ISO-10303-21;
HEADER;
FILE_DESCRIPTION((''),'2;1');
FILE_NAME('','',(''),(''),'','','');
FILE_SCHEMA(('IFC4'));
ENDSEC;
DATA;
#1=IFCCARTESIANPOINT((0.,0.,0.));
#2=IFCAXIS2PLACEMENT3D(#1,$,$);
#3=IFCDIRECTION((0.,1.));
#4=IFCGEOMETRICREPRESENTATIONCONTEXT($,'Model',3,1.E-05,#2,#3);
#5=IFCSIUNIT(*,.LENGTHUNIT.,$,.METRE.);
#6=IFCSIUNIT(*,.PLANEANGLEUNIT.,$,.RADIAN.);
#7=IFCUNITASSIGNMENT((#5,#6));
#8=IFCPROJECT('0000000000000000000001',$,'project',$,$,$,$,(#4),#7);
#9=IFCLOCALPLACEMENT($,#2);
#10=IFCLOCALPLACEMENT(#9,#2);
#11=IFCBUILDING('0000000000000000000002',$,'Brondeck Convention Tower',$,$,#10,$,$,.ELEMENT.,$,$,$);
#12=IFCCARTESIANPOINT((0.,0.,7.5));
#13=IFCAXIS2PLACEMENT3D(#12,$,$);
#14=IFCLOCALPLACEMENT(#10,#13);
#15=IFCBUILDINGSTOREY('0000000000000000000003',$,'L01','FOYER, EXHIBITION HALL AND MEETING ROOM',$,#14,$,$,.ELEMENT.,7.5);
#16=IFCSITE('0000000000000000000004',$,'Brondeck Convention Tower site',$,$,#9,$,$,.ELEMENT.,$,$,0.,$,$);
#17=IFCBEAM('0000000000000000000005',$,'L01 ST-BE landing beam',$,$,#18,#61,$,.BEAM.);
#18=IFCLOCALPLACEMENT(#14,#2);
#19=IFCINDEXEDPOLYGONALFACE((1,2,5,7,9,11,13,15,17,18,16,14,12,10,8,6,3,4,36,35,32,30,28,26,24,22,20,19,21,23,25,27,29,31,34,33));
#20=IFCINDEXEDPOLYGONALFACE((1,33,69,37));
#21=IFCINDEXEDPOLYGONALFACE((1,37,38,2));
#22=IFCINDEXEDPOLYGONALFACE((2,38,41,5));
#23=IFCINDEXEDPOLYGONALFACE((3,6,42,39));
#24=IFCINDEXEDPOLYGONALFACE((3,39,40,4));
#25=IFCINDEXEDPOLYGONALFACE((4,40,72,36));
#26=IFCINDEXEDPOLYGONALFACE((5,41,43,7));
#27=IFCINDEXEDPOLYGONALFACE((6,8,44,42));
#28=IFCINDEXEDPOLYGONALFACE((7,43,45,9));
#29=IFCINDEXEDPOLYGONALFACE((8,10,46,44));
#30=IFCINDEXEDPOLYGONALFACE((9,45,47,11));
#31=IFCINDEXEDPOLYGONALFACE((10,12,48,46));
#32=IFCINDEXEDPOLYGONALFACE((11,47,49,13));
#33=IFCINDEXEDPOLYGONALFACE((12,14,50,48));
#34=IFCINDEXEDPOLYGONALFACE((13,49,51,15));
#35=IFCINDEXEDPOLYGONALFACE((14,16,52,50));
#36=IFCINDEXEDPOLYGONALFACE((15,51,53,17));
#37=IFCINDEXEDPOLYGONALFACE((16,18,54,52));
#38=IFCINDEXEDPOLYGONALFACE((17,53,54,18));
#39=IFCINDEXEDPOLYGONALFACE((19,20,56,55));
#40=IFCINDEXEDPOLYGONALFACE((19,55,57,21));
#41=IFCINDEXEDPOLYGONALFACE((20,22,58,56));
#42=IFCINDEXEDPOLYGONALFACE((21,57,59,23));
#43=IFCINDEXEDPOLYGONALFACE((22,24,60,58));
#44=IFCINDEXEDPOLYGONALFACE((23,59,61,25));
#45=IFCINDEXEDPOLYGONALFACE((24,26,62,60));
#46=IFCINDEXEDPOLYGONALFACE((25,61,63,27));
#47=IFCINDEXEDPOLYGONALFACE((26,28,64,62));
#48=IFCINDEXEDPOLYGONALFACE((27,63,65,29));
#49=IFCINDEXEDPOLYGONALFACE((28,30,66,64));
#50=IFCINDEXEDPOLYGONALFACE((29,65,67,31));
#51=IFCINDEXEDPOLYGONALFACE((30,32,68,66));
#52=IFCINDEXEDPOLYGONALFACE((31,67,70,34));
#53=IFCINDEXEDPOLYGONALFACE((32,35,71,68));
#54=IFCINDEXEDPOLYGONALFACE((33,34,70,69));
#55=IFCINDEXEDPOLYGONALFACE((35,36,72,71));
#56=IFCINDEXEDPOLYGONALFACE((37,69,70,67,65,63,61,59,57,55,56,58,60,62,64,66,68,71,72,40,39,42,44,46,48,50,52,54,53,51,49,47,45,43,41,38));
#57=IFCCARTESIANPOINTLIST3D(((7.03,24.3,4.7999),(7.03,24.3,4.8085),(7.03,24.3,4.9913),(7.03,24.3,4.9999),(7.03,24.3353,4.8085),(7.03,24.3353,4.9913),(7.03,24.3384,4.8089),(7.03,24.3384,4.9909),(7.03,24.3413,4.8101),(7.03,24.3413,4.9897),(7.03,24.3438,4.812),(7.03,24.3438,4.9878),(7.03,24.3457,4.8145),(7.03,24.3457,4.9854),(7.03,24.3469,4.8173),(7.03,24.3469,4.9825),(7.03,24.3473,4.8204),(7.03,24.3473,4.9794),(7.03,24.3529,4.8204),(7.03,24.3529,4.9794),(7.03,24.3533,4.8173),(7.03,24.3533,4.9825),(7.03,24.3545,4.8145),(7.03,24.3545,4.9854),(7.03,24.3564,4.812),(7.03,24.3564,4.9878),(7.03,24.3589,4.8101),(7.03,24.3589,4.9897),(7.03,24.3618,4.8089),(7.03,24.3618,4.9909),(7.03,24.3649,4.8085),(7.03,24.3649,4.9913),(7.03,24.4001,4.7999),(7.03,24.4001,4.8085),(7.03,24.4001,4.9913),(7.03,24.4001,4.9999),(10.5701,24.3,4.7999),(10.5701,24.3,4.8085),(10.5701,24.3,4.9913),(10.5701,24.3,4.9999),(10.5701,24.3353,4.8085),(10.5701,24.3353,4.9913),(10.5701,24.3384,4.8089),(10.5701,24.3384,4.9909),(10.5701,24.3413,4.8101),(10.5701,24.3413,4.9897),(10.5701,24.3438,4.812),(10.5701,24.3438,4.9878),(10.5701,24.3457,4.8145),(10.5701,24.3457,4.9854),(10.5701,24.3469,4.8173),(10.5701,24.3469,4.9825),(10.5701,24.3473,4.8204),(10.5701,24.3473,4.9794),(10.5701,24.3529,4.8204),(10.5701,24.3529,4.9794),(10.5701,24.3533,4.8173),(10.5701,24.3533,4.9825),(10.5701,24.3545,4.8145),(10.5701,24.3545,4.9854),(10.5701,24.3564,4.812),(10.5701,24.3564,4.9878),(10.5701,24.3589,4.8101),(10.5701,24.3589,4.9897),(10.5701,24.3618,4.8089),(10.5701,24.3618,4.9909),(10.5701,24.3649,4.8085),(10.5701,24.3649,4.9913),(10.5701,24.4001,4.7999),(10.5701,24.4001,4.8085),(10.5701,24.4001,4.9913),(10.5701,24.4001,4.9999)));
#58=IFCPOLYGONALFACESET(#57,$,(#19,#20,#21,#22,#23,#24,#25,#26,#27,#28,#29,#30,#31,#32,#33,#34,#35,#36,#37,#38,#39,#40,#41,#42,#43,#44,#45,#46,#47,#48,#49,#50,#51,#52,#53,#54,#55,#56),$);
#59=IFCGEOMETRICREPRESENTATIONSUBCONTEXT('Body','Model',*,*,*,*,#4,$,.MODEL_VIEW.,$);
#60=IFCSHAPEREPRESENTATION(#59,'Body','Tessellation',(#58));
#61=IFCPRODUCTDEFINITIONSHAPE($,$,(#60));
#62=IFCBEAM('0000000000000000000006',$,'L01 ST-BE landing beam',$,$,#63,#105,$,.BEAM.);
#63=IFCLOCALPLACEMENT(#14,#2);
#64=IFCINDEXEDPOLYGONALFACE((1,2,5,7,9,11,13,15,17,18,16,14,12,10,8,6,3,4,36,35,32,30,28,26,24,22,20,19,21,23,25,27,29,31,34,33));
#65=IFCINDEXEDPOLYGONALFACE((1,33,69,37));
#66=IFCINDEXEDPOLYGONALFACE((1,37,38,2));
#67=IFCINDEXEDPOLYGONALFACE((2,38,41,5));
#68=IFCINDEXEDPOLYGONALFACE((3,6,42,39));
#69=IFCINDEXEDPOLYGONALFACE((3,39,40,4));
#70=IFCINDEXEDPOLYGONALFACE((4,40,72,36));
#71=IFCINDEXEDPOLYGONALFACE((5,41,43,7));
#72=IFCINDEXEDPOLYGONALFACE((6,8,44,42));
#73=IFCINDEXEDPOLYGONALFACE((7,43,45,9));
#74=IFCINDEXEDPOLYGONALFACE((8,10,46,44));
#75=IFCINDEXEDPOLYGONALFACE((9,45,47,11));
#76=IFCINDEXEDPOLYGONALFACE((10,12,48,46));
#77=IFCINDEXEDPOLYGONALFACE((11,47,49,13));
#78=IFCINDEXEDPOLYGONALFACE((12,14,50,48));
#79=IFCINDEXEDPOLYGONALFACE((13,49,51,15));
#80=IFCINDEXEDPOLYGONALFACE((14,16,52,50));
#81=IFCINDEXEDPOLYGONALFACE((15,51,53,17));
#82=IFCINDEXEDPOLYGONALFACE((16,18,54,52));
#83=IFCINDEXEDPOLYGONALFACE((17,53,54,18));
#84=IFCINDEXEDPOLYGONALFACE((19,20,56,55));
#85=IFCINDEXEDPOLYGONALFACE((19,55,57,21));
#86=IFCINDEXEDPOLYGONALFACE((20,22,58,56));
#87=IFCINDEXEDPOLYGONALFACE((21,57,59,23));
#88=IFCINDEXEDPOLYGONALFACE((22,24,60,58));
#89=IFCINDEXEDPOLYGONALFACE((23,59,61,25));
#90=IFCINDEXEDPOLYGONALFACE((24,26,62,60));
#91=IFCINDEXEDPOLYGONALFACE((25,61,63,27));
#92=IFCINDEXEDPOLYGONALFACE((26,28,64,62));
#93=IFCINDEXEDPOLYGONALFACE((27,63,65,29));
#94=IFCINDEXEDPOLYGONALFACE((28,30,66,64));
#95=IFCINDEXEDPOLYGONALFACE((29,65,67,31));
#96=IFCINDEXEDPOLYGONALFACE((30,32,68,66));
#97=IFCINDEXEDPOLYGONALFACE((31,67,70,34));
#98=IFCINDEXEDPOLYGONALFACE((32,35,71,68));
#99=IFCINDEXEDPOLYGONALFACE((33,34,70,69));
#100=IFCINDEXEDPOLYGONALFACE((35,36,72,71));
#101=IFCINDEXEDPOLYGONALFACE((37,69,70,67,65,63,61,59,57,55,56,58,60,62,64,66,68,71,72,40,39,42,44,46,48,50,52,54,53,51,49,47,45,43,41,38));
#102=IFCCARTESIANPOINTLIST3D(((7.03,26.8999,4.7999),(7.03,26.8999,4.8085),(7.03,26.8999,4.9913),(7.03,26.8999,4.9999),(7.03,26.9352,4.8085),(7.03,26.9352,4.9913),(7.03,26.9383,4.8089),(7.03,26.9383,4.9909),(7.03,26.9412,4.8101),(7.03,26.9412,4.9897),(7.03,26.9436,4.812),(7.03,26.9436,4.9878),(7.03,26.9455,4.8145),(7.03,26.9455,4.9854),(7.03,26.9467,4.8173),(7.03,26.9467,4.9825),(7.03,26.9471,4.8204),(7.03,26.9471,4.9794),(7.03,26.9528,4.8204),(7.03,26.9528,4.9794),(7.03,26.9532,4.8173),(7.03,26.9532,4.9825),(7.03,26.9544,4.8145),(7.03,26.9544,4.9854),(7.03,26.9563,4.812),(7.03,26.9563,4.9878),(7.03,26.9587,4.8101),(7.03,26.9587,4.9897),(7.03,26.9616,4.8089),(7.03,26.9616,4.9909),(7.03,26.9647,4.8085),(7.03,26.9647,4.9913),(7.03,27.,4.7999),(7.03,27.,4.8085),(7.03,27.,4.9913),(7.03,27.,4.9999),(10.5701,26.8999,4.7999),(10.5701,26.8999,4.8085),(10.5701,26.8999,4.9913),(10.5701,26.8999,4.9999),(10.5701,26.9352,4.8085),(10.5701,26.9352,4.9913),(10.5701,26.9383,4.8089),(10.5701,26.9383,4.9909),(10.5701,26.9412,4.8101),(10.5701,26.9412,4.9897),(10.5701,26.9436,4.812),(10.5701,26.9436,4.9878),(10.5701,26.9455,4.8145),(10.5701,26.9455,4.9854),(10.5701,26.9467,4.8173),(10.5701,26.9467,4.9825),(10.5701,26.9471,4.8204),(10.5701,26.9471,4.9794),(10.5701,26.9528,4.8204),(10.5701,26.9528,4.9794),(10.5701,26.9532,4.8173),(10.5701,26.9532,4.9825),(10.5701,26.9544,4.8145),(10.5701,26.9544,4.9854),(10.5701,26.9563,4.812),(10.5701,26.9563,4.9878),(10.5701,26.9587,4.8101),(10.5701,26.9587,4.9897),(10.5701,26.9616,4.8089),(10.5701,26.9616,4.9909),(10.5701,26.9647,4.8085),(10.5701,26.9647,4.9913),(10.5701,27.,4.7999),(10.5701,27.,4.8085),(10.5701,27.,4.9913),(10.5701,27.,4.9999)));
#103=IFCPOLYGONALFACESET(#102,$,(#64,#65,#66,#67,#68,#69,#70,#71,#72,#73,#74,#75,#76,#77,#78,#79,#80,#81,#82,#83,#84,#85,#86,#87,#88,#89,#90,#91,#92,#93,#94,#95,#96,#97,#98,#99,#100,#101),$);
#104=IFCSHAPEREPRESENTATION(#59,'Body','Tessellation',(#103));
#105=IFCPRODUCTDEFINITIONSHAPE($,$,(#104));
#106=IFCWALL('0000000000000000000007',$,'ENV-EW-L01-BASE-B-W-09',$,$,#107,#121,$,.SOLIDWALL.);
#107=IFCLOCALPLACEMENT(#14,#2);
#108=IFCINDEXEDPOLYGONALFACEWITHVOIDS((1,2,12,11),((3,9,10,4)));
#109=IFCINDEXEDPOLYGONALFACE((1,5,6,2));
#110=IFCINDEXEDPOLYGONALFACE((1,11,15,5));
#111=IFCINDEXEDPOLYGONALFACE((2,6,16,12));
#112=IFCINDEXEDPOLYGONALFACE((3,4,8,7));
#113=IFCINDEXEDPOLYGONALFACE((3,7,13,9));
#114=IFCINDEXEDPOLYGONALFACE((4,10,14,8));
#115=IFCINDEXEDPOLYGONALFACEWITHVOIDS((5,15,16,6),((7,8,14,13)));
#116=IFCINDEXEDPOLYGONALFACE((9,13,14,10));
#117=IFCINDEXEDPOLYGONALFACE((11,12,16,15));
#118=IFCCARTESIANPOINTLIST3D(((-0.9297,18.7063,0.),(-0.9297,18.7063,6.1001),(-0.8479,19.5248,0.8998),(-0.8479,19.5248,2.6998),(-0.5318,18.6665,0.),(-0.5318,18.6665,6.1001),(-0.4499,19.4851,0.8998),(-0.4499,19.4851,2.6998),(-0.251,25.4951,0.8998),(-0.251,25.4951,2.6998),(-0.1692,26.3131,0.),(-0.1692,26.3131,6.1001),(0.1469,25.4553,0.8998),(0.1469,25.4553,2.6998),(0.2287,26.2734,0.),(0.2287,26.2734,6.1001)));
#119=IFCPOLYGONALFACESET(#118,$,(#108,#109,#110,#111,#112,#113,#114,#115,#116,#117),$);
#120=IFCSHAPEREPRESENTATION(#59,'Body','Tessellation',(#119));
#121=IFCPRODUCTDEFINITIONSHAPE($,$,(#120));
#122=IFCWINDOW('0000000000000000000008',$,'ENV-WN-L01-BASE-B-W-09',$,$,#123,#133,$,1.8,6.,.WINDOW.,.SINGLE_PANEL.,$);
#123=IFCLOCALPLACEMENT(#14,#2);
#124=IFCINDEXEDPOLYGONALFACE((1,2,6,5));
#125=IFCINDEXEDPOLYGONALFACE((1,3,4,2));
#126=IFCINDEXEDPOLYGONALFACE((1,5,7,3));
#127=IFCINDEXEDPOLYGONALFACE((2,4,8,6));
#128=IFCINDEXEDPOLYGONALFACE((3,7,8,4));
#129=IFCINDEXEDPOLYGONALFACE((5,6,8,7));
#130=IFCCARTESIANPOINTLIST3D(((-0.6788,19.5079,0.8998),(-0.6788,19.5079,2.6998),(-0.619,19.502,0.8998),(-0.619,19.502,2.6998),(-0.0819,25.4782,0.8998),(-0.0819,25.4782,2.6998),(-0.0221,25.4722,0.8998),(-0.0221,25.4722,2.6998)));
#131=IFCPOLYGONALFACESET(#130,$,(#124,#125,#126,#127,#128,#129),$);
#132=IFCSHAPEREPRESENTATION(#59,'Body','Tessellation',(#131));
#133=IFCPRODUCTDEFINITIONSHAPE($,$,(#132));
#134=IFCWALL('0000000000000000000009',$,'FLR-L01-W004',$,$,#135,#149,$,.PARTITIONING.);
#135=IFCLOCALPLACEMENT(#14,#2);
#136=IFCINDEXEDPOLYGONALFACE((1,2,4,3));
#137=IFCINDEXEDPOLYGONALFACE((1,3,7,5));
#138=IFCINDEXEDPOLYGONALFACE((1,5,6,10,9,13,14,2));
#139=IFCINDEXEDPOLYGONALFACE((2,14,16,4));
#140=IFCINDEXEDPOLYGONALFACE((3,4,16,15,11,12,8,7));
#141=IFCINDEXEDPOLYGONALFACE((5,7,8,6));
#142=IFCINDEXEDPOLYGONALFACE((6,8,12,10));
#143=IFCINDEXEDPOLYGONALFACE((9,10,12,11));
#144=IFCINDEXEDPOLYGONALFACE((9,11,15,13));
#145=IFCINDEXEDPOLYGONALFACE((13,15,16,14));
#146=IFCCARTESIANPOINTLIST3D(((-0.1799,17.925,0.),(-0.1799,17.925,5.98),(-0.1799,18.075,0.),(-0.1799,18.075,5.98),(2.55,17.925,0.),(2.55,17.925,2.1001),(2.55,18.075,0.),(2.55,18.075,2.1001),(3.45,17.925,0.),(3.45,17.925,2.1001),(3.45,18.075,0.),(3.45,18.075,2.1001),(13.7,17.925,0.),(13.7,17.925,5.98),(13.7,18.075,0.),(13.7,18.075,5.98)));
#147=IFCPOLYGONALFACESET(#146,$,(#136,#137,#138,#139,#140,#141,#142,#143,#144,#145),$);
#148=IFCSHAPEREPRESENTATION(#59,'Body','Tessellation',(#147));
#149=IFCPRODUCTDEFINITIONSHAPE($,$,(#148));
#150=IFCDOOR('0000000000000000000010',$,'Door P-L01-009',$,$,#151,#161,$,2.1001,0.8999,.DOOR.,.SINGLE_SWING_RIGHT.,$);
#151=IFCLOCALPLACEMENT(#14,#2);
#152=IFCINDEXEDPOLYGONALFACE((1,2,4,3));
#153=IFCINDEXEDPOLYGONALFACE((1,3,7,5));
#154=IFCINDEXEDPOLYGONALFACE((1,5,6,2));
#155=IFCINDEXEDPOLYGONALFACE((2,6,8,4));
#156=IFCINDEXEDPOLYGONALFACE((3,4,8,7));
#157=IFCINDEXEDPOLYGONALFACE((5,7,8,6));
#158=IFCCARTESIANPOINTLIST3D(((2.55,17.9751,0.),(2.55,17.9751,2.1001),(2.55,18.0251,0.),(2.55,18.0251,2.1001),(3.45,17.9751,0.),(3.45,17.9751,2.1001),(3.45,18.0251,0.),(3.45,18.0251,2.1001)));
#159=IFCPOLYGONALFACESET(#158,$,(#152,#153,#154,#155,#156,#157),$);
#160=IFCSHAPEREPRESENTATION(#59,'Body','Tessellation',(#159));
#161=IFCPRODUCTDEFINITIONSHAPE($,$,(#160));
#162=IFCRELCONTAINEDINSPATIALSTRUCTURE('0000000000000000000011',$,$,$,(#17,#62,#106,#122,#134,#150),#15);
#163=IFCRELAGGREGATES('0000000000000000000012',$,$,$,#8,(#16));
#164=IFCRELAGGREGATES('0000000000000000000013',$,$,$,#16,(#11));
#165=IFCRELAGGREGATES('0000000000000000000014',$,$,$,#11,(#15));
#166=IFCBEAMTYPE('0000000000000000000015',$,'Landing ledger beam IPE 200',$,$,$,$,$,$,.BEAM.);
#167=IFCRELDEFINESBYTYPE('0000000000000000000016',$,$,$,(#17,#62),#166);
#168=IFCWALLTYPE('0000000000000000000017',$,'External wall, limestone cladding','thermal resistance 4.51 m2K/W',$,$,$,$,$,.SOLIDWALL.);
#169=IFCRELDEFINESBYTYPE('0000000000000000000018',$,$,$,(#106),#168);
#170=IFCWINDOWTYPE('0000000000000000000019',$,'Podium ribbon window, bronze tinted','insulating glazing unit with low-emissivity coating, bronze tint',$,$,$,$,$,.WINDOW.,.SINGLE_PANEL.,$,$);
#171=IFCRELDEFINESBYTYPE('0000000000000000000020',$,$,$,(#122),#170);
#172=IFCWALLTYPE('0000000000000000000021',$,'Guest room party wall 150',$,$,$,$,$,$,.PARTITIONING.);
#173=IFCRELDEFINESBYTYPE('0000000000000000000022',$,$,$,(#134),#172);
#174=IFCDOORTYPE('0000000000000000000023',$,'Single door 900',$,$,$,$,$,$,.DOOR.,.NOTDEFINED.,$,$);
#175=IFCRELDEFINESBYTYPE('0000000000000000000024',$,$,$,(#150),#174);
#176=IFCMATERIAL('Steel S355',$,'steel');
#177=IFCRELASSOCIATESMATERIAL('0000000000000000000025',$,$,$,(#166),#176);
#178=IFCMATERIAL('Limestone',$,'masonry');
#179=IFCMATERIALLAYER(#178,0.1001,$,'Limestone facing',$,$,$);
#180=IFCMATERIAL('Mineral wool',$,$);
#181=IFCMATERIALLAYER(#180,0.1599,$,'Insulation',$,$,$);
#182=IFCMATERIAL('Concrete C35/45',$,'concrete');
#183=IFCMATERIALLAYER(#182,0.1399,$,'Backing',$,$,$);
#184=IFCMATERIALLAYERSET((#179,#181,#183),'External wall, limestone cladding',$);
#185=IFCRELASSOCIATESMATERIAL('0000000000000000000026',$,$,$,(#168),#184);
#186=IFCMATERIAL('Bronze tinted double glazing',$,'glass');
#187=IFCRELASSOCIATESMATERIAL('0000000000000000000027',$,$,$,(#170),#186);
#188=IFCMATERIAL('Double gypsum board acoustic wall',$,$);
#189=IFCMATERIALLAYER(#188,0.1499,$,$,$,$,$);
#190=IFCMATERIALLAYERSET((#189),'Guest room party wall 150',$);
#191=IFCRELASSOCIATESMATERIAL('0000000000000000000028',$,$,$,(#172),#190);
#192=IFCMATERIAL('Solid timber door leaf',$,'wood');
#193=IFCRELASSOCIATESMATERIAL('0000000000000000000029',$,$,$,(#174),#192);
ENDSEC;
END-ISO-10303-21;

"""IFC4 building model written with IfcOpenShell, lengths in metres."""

from ifc_helpers import new_model, si_unit, direction, frame, frame_2d, origin, origin_2d, place, context, subcontext, project, spatial, rectangle, i_section, extrude, material, layer, layer_set, material_profile, profile_set, type_object, element, fill, save


model = new_model("IFC4")

# Units and contexts
model_context = context("Model", 3, precision=1e-05, world=origin(), true_north=direction((0.0, 1.0)))
body_context = subcontext(model_context, "Body", "Model", "MODEL_VIEW")
ifc_project = project(units=[si_unit("LENGTHUNIT", "METRE"), si_unit("PLANEANGLEUNIT", "RADIAN")], contexts=[model_context])

# Site, building, storey
site_placement = place(None, origin())
site = spatial("IfcSite", under=ifc_project, at=site_placement, Name="Brondeck Convention Tower site", CompositionType="ELEMENT", RefElevation=0.0)
building_placement = place(site_placement, origin())
building = spatial("IfcBuilding", under=site, at=building_placement, Name="Brondeck Convention Tower", CompositionType="ELEMENT")
storey_placement = place(building_placement, frame((0.0, 0.0, 7.5)))
storey = spatial("IfcBuildingStorey", under=building, at=storey_placement, Name="L01", Description="FOYER, EXHIBITION HALL AND MEETING ROOM", CompositionType="ELEMENT", Elevation=7.5)

# Beams
ifc_material_1 = material(Name="Steel S355", Category="steel")
ifc_material_profile_1 = material_profile(ifc_material_1, i_section(OverallWidth=0.1001, OverallDepth=0.2, WebThickness=0.0056, FlangeThickness=0.0085, FilletRadius=0.012, at=origin_2d()), Name="IPE200")
ifc_profile_set_1 = profile_set([ifc_material_profile_1], Name="Steel S355")
beam_type_1 = type_object("IfcBeamType", Name="Landing ledger beam IPE 200", PredefinedType="BEAM", material=ifc_profile_set_1)
for number, where, z_axis, x_axis, name in (
    (1, (10.5701, 24.3501, 4.8999), (-1.0, 0.0, 0.0), (0.0, -1.0, 0.0), "L01 ST-BE landing beam"),
    (2, (10.5701, 26.95, 4.8999), (-1.0, 0.0, 0.0), (0.0, -1.0, 0.0), "L01 ST-BE landing beam"),
):
    element("IfcBeam", number, at=place(storey_placement, frame(where, z_axis=z_axis, x_axis=x_axis)), inside=storey, type_object=beam_type_1, Name=name, PredefinedType="BEAM", context=body_context, shape_type="SweptSolid", body=[
        extrude(i_section(OverallWidth=0.1001, OverallDepth=0.2, WebThickness=0.0056, FlangeThickness=0.0085, FilletRadius=0.012, at=origin_2d()), origin(), (0.0, 0.0, 1.0), 3.54),
    ])

# Wall, opening, window
ifc_material_2 = material(Name="Limestone", Category="masonry")
ifc_layer_1 = layer(ifc_material_2, 0.1001, Name="Limestone facing")
ifc_material_3 = material(Name="Mineral wool")
ifc_layer_2 = layer(ifc_material_3, 0.1599, Name="Insulation")
ifc_material_4 = material(Name="Concrete C35/45", Category="concrete")
ifc_layer_3 = layer(ifc_material_4, 0.1399, Name="Backing")
ifc_layer_set_1 = layer_set([ifc_layer_1, ifc_layer_2, ifc_layer_3], Name="External wall, limestone cladding")
wall_type_1 = type_object("IfcWallType", Name="External wall, limestone cladding", Description="thermal resistance 4.51 m2K/W", PredefinedType="SOLIDWALL", material=ifc_layer_set_1)
wall_1_placement = place(storey_placement, frame((-0.7307, 18.6865, 0.0), z_axis=(0.0, 0.0, 1.0), x_axis=(0.099478, 0.99504, 0.0)))
wall_1 = element("IfcWall", 3, at=wall_1_placement, inside=storey, type_object=wall_type_1, Name="ENV-EW-L01-BASE-B-W-09", PredefinedType="SOLIDWALL", context=body_context, shape_type="SweptSolid", body=[
    extrude(rectangle(XDim=7.6448, YDim=0.3999, at=frame_2d((3.8223, 0.0))), origin(), (0.0, 0.0, 1.0), 6.1001),
])
opening_1_placement = place(wall_1_placement, frame((0.8225, 0.0, 0.8999)))
opening_1 = element("IfcOpeningElement", 4, at=opening_1_placement, cuts=wall_1, PredefinedType="OPENING", context=body_context, shape_type="SweptSolid", body=[
    extrude(rectangle(XDim=6.0, YDim=1.8, at=frame_2d((3.0, 0.8999))), frame((0.0, 0.21, 0.0), z_axis=(0.0, -1.0, 0.0), x_axis=(1.0, 0.0, 0.0)), (0.0, 0.0, 1.0), 0.4199),
])
ifc_material_5 = material(Name="Bronze tinted double glazing", Category="glass")
window_type = type_object("IfcWindowType", Name="Podium ribbon window, bronze tinted", Description="insulating glazing unit with low-emissivity coating, bronze tint", PartitioningType="SINGLE_PANEL", PredefinedType="WINDOW", material=ifc_material_5)
window_placement = place(opening_1_placement, origin())
window = element("IfcWindow", 5, at=window_placement, inside=storey, type_object=window_type, Name="ENV-WN-L01-BASE-B-W-09", OverallHeight=1.8, OverallWidth=6.0, PartitioningType="SINGLE_PANEL", PredefinedType="WINDOW", context=body_context, shape_type="SweptSolid", body=[
    extrude(rectangle(XDim=6.0, YDim=1.8, at=frame_2d((3.0, 0.8999))), frame((0.0, 0.03, 0.0), z_axis=(0.0, -1.0, 0.0), x_axis=(1.0, 0.0, 0.0)), (0.0, 0.0, 1.0), 0.0601),
])
fill(opening_1, window)

# Wall, opening, door
ifc_material_6 = material(Name="Double gypsum board acoustic wall")
ifc_layer_4 = layer(ifc_material_6, 0.1499)
ifc_layer_set_2 = layer_set([ifc_layer_4], Name="Guest room party wall 150")
wall_type_2 = type_object("IfcWallType", Name="Guest room party wall 150", PredefinedType="PARTITIONING", material=ifc_layer_set_2)
wall_2_placement = place(storey_placement, frame((13.7, 18.0, 0.0), z_axis=(0.0, 0.0, 1.0), x_axis=(-1.0, 0.0, 0.0)))
wall_2 = element("IfcWall", 6, at=wall_2_placement, inside=storey, type_object=wall_type_2, Name="FLR-L01-W004", PredefinedType="PARTITIONING", context=body_context, shape_type="SweptSolid", body=[
    extrude(rectangle(XDim=13.8799, YDim=0.1499, at=frame_2d((6.9399, 0.0))), origin(), (0.0, 0.0, 1.0), 5.98),
])
opening_2_placement = place(wall_2_placement, frame((10.25, 0.0, 0.0)))
opening_2 = element("IfcOpeningElement", 7, at=opening_2_placement, cuts=wall_2, PredefinedType="OPENING", context=body_context, shape_type="SweptSolid", body=[
    extrude(rectangle(XDim=0.8999, YDim=2.1001, at=frame_2d((0.45, 1.05))), frame((0.0, 0.085, 0.0), z_axis=(0.0, -1.0, 0.0), x_axis=(1.0, 0.0, 0.0)), (0.0, 0.0, 1.0), 0.1699),
])
ifc_material_7 = material(Name="Solid timber door leaf", Category="wood")
door_type_1 = type_object("IfcDoorType", Name="Single door 900", OperationType="NOTDEFINED", PredefinedType="DOOR", material=ifc_material_7)
door_1_placement = place(opening_2_placement, origin())
door_1 = element("IfcDoor", 8, at=door_1_placement, inside=storey, type_object=door_type_1, Name="Door P-L01-009", OperationType="SINGLE_SWING_RIGHT", OverallHeight=2.1001, OverallWidth=0.8999, PredefinedType="DOOR", context=body_context, shape_type="SweptSolid", body=[
    extrude(rectangle(XDim=0.8999, YDim=2.1001, at=frame_2d((0.45, 1.05))), frame((0.0, 0.0249, 0.0), z_axis=(0.0, -1.0, 0.0), x_axis=(1.0, 0.0, 0.0)), (0.0, 0.0, 1.0), 0.05),
])
fill(opening_2, door_1)

save(model, "model.ifc")
